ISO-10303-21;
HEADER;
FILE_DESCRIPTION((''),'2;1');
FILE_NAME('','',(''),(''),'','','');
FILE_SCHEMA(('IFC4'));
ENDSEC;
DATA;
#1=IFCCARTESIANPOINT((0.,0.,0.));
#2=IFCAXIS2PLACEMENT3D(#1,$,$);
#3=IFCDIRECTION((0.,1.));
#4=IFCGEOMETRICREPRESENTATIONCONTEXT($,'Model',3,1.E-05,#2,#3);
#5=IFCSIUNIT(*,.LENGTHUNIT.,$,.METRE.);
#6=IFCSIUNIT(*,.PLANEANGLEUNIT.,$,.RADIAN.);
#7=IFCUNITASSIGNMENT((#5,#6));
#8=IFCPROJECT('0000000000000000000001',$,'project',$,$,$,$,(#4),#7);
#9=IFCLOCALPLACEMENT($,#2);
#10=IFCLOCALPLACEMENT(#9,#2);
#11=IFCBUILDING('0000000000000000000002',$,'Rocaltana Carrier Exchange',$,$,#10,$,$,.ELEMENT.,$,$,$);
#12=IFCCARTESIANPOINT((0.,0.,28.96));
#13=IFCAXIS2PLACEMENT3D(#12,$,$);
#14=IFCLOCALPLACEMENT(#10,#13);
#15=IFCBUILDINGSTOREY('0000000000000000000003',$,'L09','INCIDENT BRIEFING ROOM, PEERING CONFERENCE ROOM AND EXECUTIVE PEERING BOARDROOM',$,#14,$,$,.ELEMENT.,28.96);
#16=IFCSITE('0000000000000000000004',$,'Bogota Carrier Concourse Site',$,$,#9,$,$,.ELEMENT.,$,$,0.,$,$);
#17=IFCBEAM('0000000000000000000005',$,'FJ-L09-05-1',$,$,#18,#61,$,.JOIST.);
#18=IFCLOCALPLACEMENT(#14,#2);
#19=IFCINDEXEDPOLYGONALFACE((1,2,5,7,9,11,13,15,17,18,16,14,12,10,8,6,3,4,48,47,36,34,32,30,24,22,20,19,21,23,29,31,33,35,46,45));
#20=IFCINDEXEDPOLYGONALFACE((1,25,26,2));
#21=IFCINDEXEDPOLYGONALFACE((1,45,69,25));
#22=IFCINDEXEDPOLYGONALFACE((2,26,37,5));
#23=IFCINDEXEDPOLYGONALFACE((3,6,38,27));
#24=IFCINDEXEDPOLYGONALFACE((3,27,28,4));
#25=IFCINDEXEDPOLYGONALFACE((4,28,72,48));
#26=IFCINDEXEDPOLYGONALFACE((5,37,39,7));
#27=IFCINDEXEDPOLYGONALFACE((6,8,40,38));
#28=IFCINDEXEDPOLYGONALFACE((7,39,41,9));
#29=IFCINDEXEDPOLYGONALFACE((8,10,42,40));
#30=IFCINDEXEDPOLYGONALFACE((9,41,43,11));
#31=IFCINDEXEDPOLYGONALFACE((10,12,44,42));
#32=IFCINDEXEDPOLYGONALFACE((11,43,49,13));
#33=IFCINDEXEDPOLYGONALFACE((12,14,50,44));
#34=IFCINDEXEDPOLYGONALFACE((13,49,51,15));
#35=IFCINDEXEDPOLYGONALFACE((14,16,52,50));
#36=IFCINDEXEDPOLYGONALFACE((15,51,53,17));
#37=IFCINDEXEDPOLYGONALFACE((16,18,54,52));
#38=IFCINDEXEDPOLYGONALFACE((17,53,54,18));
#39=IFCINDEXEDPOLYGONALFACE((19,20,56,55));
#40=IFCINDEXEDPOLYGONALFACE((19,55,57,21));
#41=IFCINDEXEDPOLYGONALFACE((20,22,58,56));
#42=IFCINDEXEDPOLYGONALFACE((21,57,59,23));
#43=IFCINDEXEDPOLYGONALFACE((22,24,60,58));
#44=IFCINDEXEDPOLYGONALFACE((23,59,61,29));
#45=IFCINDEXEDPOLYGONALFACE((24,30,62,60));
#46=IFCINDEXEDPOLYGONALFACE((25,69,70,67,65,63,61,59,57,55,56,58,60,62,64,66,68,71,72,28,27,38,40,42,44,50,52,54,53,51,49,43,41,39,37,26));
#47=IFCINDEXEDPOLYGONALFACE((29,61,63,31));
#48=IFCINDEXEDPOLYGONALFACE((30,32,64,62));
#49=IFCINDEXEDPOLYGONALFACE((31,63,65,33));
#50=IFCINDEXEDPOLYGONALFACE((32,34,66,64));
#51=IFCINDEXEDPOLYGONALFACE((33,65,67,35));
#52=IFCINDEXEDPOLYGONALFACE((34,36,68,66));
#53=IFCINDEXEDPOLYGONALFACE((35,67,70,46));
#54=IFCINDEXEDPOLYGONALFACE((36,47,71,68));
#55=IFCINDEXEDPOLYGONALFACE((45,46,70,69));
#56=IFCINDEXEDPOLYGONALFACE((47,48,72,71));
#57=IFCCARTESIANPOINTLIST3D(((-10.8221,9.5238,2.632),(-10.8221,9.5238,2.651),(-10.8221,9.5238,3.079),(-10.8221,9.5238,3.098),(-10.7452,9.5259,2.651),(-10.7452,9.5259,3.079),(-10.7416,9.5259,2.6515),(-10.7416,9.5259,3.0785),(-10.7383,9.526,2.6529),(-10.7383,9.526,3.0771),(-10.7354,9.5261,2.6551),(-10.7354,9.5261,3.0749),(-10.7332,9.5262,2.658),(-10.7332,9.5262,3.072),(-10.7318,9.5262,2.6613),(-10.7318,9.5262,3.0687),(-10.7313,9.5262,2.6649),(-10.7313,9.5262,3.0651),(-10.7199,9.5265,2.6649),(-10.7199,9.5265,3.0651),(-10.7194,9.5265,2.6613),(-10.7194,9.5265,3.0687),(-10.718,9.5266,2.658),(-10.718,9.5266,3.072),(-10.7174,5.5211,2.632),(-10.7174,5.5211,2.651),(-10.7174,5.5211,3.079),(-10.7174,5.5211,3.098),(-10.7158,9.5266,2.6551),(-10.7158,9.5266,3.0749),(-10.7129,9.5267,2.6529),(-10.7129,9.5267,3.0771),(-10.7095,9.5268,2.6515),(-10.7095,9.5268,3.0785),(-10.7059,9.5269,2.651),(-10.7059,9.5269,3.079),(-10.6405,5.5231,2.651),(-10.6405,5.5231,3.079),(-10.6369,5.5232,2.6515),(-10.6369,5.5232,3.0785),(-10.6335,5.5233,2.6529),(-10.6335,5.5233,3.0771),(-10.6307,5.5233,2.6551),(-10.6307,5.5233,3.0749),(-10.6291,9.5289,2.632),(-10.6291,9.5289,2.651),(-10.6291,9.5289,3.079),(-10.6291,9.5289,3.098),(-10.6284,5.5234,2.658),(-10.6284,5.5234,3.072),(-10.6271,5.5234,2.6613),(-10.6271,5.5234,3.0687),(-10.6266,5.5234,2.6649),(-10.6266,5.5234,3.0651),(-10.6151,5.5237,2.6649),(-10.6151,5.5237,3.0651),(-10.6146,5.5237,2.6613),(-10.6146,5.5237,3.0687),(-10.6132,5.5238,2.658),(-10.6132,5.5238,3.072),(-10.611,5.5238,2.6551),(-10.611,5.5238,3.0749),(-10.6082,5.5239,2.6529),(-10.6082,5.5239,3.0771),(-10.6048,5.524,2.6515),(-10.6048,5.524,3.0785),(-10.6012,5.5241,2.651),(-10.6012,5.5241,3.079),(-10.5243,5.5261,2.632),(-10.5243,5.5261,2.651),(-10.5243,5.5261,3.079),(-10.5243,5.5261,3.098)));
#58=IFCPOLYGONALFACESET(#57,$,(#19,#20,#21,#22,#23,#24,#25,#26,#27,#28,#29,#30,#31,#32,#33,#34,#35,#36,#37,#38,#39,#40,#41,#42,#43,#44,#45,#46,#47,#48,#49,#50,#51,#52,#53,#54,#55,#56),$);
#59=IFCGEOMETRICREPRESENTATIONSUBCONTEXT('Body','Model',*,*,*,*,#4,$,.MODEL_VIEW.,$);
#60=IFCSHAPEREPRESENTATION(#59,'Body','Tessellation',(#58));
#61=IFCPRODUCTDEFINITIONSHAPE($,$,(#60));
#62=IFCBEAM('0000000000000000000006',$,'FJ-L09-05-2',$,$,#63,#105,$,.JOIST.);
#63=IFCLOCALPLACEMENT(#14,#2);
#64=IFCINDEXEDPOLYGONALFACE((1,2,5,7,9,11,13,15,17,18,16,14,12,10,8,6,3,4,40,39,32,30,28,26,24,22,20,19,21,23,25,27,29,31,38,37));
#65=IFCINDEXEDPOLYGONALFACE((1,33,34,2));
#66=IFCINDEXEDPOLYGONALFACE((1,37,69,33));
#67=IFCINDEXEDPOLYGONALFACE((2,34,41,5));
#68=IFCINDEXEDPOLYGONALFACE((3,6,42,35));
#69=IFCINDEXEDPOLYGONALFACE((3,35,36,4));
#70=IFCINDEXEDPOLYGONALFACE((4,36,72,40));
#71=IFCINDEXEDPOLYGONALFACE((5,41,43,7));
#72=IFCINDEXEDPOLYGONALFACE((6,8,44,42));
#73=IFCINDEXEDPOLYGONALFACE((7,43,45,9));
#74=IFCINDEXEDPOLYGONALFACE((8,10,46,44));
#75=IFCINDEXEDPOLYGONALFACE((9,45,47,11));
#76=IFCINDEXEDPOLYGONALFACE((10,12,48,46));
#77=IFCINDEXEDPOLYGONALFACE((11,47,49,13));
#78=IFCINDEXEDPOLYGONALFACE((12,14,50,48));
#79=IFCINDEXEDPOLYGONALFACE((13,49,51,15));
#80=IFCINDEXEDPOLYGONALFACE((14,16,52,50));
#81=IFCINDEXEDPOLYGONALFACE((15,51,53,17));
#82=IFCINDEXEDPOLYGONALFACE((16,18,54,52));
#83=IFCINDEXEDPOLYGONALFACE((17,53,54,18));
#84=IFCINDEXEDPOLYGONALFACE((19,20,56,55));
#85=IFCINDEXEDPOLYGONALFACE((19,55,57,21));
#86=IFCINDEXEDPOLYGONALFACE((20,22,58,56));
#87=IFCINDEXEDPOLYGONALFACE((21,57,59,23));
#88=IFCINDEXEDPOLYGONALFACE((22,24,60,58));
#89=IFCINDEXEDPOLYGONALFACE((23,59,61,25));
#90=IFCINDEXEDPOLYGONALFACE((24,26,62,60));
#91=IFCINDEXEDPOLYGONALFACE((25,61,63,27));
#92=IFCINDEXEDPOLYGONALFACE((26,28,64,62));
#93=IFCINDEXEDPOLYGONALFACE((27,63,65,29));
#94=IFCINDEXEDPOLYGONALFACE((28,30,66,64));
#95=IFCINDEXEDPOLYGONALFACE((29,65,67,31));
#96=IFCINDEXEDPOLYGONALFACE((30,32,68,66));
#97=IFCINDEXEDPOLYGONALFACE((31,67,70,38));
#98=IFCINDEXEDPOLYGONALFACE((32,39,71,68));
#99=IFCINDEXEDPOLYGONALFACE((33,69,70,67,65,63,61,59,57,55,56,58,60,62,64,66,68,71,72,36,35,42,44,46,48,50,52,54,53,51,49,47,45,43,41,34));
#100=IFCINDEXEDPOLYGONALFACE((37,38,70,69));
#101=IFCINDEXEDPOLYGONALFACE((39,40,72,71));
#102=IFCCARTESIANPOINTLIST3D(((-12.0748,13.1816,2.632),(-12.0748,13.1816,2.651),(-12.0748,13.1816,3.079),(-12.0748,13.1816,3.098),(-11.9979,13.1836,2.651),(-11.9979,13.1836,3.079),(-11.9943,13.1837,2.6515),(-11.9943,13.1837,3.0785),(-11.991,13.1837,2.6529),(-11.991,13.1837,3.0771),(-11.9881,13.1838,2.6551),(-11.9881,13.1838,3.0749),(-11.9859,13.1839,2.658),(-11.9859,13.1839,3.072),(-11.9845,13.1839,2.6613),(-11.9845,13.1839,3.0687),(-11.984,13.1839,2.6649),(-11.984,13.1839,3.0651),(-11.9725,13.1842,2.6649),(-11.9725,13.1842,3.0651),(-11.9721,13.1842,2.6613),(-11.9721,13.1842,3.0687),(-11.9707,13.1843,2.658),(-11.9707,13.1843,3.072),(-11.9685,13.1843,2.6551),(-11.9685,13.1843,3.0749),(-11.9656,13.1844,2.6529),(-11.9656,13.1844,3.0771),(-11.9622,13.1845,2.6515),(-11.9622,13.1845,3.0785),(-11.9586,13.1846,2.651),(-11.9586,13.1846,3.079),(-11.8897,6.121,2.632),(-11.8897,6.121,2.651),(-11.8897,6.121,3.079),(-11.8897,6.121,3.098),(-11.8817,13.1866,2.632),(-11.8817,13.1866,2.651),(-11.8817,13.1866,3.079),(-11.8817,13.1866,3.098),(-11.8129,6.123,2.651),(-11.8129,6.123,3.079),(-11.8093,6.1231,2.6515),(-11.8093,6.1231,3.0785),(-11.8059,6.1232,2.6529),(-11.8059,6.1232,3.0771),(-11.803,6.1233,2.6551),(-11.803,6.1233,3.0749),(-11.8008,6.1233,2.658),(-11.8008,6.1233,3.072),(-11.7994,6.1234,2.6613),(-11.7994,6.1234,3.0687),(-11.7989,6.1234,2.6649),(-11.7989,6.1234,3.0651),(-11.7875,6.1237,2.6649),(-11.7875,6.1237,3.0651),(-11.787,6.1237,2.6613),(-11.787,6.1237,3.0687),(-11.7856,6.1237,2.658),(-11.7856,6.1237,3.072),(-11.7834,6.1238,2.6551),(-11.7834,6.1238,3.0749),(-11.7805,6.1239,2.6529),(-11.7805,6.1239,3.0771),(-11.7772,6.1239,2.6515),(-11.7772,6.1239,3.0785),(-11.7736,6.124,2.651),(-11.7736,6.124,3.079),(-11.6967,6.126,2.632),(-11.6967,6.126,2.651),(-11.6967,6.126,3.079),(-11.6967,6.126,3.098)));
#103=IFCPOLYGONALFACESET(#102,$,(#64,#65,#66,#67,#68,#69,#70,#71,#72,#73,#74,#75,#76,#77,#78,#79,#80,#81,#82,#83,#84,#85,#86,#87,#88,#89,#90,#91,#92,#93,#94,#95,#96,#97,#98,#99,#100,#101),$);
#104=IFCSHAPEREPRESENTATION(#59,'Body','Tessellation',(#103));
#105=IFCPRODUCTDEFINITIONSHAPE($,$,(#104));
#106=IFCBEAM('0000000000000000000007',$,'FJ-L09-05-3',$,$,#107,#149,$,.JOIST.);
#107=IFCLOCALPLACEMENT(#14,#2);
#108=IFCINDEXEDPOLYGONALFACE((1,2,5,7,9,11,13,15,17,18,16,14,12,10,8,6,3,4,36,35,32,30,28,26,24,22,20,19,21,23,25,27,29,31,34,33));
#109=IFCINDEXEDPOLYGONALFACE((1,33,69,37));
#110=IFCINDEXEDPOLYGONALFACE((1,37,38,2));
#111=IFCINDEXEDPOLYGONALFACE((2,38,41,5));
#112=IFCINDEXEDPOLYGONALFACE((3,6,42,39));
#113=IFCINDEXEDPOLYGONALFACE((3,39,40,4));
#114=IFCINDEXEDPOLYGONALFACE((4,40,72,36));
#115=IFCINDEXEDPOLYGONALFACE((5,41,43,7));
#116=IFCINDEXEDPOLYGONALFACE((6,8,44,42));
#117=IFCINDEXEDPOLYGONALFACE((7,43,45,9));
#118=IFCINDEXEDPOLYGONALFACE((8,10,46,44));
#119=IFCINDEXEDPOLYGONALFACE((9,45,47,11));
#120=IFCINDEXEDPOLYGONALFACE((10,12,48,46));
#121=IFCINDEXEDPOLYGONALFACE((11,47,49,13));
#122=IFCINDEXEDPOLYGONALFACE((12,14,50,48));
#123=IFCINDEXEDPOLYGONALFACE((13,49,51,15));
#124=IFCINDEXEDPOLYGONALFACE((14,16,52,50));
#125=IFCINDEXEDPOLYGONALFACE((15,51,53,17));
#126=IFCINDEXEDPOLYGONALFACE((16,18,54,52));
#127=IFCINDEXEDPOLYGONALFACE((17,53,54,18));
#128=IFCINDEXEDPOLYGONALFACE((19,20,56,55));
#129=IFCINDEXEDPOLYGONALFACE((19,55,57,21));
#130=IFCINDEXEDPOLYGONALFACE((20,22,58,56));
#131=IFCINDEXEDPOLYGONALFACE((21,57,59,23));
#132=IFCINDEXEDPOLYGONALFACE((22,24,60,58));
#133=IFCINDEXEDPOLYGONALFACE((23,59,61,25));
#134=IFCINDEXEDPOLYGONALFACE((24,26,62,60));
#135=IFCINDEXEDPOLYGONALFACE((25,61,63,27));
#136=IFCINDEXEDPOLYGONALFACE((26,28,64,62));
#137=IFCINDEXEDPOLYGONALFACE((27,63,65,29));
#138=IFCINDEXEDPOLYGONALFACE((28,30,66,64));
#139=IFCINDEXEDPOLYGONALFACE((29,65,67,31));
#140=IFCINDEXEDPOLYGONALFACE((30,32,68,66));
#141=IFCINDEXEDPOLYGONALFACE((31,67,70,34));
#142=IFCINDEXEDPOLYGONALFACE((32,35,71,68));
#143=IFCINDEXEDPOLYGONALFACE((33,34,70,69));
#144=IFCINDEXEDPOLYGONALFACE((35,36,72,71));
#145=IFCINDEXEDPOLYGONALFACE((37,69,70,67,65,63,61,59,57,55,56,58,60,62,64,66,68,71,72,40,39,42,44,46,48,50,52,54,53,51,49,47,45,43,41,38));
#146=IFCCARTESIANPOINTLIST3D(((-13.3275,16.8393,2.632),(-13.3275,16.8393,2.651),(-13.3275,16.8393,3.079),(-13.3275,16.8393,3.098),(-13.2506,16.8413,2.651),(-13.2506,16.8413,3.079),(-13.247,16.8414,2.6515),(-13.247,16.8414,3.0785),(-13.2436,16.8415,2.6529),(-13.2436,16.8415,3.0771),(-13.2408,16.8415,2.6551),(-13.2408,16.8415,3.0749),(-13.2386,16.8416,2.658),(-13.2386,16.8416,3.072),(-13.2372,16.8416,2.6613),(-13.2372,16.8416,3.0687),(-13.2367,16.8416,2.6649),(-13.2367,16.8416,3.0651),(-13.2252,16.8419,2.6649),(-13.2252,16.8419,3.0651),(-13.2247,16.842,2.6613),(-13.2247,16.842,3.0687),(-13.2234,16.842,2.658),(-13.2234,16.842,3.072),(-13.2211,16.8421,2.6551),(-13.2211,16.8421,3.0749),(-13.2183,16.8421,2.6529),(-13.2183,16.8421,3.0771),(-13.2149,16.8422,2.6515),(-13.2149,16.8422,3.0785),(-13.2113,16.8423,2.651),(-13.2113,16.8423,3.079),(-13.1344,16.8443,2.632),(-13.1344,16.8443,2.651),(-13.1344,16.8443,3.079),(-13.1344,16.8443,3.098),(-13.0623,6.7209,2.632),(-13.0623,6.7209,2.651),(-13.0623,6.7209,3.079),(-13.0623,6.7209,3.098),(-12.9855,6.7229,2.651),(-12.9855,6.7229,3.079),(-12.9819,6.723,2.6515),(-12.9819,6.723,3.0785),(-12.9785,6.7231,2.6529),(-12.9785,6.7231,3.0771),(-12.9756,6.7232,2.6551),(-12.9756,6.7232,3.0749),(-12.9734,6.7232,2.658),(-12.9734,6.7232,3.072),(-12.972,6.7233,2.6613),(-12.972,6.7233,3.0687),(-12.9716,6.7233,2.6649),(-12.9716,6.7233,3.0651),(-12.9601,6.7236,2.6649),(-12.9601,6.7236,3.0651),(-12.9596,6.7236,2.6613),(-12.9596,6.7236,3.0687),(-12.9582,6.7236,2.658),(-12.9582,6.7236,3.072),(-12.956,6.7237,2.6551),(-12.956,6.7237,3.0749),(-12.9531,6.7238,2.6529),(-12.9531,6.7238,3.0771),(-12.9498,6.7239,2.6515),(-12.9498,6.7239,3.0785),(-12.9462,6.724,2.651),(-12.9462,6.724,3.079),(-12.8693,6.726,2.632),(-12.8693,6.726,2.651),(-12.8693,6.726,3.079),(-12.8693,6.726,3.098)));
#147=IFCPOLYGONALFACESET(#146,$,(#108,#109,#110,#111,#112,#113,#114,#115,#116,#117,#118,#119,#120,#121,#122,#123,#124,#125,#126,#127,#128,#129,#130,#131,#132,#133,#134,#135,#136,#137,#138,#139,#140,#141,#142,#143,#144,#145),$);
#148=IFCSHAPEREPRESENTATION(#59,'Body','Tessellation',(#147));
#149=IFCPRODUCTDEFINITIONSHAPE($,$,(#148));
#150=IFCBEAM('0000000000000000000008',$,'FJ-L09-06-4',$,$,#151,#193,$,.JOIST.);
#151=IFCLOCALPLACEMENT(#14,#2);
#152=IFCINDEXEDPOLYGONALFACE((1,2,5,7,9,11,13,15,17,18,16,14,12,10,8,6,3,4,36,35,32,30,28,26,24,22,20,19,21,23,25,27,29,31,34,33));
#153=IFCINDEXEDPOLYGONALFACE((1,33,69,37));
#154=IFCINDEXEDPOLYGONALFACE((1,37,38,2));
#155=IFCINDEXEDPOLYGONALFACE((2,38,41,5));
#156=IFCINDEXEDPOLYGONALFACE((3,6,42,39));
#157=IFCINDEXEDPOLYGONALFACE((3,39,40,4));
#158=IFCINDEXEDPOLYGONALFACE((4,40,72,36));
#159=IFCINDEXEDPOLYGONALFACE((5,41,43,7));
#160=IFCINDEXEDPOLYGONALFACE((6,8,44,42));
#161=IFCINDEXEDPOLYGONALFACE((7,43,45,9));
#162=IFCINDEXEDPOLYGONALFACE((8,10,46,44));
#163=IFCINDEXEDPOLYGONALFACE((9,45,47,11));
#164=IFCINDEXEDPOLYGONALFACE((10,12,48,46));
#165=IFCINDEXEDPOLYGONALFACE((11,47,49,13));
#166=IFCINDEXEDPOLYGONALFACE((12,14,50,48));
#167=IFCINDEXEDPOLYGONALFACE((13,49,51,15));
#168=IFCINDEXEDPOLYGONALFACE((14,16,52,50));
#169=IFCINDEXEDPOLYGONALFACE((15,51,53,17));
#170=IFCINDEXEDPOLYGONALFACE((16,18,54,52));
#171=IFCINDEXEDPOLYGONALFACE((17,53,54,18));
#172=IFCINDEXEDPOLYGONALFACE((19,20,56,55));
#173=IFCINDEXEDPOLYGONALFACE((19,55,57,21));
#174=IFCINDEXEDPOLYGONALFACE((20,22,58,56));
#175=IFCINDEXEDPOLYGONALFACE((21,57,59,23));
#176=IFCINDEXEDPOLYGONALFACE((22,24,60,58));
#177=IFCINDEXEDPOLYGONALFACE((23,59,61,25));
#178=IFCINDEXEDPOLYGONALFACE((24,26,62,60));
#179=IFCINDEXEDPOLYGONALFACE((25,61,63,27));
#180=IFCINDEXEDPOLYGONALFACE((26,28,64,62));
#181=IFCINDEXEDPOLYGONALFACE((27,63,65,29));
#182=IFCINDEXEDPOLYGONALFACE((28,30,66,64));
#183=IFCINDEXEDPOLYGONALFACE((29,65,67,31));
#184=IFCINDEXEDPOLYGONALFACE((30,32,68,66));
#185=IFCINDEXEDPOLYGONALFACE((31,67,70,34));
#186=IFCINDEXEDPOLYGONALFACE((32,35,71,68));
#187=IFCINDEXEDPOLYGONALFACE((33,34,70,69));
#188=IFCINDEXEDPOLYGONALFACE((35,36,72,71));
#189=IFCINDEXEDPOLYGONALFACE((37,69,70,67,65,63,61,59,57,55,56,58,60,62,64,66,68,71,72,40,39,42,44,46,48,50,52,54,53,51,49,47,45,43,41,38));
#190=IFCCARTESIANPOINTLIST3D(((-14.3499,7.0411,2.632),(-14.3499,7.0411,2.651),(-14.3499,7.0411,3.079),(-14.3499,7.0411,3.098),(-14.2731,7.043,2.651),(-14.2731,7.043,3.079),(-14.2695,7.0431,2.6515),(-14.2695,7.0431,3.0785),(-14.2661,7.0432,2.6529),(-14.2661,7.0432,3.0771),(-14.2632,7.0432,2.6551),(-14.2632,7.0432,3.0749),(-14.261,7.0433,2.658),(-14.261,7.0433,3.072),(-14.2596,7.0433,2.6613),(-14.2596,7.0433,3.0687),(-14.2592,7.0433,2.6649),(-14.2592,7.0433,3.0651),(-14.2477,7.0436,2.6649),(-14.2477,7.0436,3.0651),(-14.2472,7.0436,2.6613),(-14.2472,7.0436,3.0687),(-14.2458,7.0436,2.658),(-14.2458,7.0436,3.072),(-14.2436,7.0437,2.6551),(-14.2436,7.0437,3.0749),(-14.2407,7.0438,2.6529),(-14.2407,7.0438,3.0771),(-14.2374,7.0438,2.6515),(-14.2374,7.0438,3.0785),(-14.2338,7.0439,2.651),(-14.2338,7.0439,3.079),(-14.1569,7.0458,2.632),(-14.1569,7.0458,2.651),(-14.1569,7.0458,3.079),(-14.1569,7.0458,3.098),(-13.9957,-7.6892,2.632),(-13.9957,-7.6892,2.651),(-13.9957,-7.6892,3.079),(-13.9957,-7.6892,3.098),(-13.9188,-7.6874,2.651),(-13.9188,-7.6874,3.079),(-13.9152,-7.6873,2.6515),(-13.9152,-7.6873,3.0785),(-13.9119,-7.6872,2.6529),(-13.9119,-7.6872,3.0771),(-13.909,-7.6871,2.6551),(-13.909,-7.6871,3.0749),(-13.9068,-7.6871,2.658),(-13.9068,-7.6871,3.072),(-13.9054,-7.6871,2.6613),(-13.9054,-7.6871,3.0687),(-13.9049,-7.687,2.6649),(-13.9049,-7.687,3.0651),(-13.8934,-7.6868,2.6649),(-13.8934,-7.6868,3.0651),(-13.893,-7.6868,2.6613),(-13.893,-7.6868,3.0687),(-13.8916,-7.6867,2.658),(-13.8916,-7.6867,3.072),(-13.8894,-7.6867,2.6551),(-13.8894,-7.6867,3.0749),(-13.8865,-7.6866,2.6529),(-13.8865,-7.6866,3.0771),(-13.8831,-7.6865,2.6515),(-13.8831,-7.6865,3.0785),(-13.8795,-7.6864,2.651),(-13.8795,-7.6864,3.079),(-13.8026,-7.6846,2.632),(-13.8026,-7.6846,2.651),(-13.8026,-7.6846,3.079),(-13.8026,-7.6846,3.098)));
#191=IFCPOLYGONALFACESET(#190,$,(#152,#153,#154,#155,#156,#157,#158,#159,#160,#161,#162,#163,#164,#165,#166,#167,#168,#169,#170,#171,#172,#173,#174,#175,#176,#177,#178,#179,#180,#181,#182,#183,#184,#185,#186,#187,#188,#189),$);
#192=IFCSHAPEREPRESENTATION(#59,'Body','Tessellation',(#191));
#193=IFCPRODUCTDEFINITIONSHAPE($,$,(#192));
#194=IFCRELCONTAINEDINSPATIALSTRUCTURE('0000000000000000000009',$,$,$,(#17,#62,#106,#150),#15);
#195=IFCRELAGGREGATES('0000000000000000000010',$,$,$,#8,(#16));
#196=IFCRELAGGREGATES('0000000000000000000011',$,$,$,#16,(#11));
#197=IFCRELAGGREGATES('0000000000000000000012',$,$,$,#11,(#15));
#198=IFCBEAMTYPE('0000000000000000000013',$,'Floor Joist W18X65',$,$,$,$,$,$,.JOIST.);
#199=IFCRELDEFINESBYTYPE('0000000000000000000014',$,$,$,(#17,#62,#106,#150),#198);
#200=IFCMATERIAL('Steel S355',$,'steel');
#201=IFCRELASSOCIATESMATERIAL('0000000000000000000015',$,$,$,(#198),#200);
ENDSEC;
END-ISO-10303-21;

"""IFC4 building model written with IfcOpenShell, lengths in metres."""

from ifc_helpers import new_model, si_unit, direction, frame, origin, origin_2d, place, context, subcontext, project, spatial, i_section, extrude, material, material_profile, profile_set, type_object, element, save


model = new_model("IFC4")

# Units and contexts
model_context = context("Model", 3, precision=1e-05, world=origin(), true_north=direction((0.0, 1.0)))
body_context = subcontext(model_context, "Body", "Model", "MODEL_VIEW")
ifc_project = project(units=[si_unit("LENGTHUNIT", "METRE"), si_unit("PLANEANGLEUNIT", "RADIAN")], contexts=[model_context])

# Site, building, storey
site_placement = place(None, origin())
site = spatial("IfcSite", under=ifc_project, at=site_placement, Name="Bogota Carrier Concourse Site", CompositionType="ELEMENT", RefElevation=0.0)
building_placement = place(site_placement, origin())
building = spatial("IfcBuilding", under=site, at=building_placement, Name="Rocaltana Carrier Exchange", CompositionType="ELEMENT")
storey_placement = place(building_placement, frame((0.0, 0.0, 28.96)))
storey = spatial("IfcBuildingStorey", under=building, at=storey_placement, Name="L09", Description="INCIDENT BRIEFING ROOM, PEERING CONFERENCE ROOM AND EXECUTIVE PEERING BOARDROOM", CompositionType="ELEMENT", Elevation=28.96)

# Beams
ifc_material_1 = material(Name="Steel S355", Category="steel")
ifc_material_profile_1 = material_profile(ifc_material_1, i_section(OverallWidth=0.1931, OverallDepth=0.4661, WebThickness=0.0115, FlangeThickness=0.019, FilletRadius=0.0139, at=origin_2d()), Name="W18X65")
ifc_profile_set_1 = profile_set([ifc_material_profile_1], Name="Steel S355")
beam_type_1 = type_object("IfcBeamType", Name="Floor Joist W18X65", PredefinedType="JOIST", material=ifc_profile_set_1)
beam_1_placement = place(storey_placement, frame((-10.7256, 9.5264, 2.865), z_axis=(0.026158, -0.999658, 0.0), x_axis=(0.999658, 0.026158, 0.0)))
element("IfcBeam", 1, at=beam_1_placement, inside=storey, type_object=beam_type_1, Name="FJ-L09-05-1", PredefinedType="JOIST", context=body_context, shape_type="SweptSolid", body=[
    extrude(i_section(OverallWidth=0.1931, OverallDepth=0.4661, WebThickness=0.0115, FlangeThickness=0.019, FilletRadius=0.0139, at=origin_2d()), origin(), (0.0, 0.0, 1.0), 4.0042),
])
beam_2_placement = place(storey_placement, frame((-11.9783, 13.1841, 2.865), z_axis=(0.026201, -0.999657, 0.0), x_axis=(0.999657, 0.026201, 0.0)))
element("IfcBeam", 2, at=beam_2_placement, inside=storey, type_object=beam_type_1, Name="FJ-L09-05-2", PredefinedType="JOIST", context=body_context, shape_type="SweptSolid", body=[
    extrude(i_section(OverallWidth=0.1931, OverallDepth=0.4661, WebThickness=0.0115, FlangeThickness=0.019, FilletRadius=0.0139, at=origin_2d()), origin(), (0.0, 0.0, 1.0), 7.063),
])
beam_3_placement = place(storey_placement, frame((-13.231, 16.8418, 2.865), z_axis=(0.026194, -0.999657, 0.0), x_axis=(0.999657, 0.026194, 0.0)))
element("IfcBeam", 3, at=beam_3_placement, inside=storey, type_object=beam_type_1, Name="FJ-L09-05-3", PredefinedType="JOIST", context=body_context, shape_type="SweptSolid", body=[
    extrude(i_section(OverallWidth=0.1931, OverallDepth=0.4661, WebThickness=0.0115, FlangeThickness=0.019, FilletRadius=0.0139, at=origin_2d()), origin(), (0.0, 0.0, 1.0), 10.1218),
])
beam_4_placement = place(storey_placement, frame((-14.2534, 7.0435, 2.865), z_axis=(0.024042, -0.999711, 0.0), x_axis=(0.999711, 0.024042, 0.0)))
element("IfcBeam", 4, at=beam_4_placement, inside=storey, type_object=beam_type_1, Name="FJ-L09-06-4", PredefinedType="JOIST", context=body_context, shape_type="SweptSolid", body=[
    extrude(i_section(OverallWidth=0.1931, OverallDepth=0.4661, WebThickness=0.0115, FlangeThickness=0.019, FilletRadius=0.0139, at=origin_2d()), origin(), (0.0, 0.0, 1.0), 14.7346),
])

save(model, "model.ifc")
